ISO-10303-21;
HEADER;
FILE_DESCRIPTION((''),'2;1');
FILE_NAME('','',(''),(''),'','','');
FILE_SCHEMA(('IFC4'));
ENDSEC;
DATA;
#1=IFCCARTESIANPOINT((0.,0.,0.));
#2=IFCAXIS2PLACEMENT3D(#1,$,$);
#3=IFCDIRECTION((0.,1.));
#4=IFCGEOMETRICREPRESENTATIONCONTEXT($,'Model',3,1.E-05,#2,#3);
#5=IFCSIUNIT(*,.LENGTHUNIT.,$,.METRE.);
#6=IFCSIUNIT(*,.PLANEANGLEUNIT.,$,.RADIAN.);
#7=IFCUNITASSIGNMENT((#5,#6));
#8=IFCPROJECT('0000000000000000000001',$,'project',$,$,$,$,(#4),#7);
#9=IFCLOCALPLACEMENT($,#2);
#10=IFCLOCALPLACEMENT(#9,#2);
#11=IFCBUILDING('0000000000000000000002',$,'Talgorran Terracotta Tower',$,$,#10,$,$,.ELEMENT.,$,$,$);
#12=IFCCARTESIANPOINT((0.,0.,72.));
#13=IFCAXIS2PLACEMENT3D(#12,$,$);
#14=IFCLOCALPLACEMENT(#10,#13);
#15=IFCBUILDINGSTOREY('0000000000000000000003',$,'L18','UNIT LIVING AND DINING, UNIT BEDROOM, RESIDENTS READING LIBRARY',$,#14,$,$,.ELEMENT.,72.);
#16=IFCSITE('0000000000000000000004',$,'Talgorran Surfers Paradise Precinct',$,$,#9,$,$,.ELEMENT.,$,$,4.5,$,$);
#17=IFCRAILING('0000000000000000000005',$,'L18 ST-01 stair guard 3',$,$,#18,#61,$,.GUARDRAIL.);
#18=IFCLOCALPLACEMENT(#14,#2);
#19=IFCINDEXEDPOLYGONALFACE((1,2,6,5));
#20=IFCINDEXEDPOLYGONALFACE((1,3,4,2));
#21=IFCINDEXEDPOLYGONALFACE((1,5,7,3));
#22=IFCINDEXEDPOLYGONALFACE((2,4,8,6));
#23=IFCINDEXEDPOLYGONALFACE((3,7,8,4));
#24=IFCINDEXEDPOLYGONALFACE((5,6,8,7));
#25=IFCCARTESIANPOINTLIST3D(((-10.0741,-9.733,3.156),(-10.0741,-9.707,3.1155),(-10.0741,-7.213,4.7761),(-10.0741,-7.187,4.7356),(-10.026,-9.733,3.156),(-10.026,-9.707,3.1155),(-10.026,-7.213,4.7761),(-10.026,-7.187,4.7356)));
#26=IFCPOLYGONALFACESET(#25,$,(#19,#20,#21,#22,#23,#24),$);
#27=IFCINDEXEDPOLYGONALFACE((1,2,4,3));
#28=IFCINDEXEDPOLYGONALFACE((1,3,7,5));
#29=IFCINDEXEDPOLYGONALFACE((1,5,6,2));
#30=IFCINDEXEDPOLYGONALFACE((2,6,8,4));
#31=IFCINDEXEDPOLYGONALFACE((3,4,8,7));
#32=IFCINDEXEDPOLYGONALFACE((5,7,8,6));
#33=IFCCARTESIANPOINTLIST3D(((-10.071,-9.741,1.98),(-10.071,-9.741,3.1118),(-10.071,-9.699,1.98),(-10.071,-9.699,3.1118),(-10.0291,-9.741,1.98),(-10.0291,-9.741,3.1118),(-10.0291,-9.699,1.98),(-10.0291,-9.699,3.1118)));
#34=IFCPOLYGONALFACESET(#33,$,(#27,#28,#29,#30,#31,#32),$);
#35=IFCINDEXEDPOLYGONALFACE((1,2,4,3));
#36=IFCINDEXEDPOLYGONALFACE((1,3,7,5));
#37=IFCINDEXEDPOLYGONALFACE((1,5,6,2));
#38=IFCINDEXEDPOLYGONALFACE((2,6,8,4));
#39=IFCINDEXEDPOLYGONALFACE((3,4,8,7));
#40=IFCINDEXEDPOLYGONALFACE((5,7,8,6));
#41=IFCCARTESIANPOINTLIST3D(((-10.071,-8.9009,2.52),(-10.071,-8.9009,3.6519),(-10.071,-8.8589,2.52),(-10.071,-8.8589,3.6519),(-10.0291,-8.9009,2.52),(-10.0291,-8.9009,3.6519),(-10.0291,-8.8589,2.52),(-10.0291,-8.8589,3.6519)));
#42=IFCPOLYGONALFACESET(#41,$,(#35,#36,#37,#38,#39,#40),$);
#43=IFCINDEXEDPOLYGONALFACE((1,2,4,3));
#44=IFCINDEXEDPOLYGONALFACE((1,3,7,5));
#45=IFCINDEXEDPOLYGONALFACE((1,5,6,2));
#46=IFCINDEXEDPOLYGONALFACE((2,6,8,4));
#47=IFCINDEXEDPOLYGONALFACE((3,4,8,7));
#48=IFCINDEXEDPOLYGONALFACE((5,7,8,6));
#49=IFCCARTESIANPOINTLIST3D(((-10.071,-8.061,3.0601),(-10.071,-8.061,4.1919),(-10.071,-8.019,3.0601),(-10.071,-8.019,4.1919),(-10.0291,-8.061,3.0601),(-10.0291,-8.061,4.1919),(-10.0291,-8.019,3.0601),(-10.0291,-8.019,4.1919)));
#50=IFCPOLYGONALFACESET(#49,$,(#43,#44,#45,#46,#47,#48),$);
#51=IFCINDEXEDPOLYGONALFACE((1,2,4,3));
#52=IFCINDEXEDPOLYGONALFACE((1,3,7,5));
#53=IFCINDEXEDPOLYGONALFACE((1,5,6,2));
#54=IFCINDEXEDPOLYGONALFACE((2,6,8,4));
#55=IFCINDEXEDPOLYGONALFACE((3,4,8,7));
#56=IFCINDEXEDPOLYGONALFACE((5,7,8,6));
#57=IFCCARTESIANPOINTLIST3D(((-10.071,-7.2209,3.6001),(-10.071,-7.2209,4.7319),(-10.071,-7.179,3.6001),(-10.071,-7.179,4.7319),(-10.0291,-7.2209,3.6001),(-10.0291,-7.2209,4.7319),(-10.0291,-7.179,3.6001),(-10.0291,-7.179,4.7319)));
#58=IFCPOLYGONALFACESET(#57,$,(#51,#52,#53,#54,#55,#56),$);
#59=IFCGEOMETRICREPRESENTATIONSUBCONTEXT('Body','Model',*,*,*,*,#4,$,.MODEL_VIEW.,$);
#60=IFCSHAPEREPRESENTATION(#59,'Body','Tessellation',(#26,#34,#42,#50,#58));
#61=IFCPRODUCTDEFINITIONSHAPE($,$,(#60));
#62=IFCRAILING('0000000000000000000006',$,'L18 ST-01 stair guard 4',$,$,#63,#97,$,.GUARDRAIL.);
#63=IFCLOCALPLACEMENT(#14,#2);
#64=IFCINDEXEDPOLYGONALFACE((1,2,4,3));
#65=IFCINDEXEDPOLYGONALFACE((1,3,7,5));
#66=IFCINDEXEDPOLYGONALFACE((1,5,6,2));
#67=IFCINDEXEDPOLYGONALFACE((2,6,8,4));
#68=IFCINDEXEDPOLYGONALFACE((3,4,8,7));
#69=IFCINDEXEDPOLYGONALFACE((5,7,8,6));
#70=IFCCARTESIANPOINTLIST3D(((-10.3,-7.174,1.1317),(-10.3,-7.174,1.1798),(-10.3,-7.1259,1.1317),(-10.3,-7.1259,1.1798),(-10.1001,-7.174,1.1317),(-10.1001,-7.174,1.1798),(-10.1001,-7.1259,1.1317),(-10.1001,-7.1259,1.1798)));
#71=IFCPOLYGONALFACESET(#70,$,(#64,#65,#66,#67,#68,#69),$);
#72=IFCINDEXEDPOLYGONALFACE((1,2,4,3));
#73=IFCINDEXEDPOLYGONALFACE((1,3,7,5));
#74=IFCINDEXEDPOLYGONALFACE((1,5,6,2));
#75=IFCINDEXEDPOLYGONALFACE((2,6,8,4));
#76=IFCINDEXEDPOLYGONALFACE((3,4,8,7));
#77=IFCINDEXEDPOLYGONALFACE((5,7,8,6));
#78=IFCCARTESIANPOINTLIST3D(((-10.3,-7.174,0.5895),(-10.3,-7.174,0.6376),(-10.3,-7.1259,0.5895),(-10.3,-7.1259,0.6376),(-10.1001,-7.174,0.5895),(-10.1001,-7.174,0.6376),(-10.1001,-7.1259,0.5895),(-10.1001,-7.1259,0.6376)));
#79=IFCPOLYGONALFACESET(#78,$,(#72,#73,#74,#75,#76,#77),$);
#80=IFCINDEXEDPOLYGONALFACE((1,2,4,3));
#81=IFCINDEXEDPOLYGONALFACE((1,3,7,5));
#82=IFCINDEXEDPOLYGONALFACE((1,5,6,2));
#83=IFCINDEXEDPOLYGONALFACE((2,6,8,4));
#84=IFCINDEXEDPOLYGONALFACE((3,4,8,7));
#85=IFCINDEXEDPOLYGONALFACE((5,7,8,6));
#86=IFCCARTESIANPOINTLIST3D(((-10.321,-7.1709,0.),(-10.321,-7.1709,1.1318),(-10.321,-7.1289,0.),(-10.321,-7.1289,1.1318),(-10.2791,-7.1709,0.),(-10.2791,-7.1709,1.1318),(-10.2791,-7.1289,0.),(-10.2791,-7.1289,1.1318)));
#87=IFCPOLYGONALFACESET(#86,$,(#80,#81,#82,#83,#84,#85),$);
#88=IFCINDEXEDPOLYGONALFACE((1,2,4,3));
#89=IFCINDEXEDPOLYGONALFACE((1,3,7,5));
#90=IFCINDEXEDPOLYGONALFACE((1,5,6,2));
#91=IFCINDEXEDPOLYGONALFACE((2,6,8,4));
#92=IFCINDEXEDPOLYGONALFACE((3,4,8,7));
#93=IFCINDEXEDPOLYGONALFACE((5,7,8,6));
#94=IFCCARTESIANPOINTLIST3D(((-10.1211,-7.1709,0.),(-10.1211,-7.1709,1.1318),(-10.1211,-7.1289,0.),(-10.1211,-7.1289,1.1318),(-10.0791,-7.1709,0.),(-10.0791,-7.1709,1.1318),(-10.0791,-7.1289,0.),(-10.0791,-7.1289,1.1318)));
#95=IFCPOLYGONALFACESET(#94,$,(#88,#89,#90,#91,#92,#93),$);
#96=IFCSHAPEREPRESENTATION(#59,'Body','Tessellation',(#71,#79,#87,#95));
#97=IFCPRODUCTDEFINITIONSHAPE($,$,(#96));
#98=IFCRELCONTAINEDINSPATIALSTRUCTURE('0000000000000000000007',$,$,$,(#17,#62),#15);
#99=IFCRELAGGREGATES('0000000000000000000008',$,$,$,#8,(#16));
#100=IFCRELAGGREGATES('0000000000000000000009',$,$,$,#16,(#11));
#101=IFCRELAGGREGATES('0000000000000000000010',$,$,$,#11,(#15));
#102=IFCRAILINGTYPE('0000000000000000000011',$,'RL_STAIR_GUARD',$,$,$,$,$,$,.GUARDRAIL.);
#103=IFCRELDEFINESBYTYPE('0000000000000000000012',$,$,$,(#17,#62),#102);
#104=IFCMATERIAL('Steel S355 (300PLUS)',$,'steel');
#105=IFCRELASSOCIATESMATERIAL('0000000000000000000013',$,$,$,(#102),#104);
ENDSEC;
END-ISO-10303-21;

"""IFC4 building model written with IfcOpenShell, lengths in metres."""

from ifc_helpers import new_model, si_unit, direction, frame, origin, origin_2d, place, context, subcontext, project, spatial, rectangle, extrude, material, type_object, element, save


model = new_model("IFC4")

# Units and contexts
model_context = context("Model", 3, precision=1e-05, world=origin(), true_north=direction((0.0, 1.0)))
body_context = subcontext(model_context, "Body", "Model", "MODEL_VIEW")
ifc_project = project(units=[si_unit("LENGTHUNIT", "METRE"), si_unit("PLANEANGLEUNIT", "RADIAN")], contexts=[model_context])

# Site, building, storey
site_placement = place(None, origin())
site = spatial("IfcSite", under=ifc_project, at=site_placement, Name="Talgorran Surfers Paradise Precinct", CompositionType="ELEMENT", RefElevation=4.5)
building_placement = place(site_placement, origin())
building = spatial("IfcBuilding", under=site, at=building_placement, Name="Talgorran Terracotta Tower", CompositionType="ELEMENT")
storey_placement = place(building_placement, frame((0.0, 0.0, 72.0)))
storey = spatial("IfcBuildingStorey", under=building, at=storey_placement, Name="L18", Description="UNIT LIVING AND DINING, UNIT BEDROOM, RESIDENTS READING LIBRARY", CompositionType="ELEMENT", Elevation=72.0)

# Shared definitions
ifc_material_1 = material(Name="Steel S355 (300PLUS)", Category="steel")

# Railings
railing_type_1 = type_object("IfcRailingType", Name="RL_STAIR_GUARD", PredefinedType="GUARDRAIL", material=ifc_material_1)
railing_1_placement = place(storey_placement, frame((-10.05, -9.72, 1.98)))
element("IfcRailing", 1, at=railing_1_placement, inside=storey, type_object=railing_type_1, Name="L18 ST-01 stair guard 3", PredefinedType="GUARDRAIL", context=body_context, shape_type="SweptSolid", body=[
    extrude(rectangle(XDim=0.0481, YDim=0.0481, at=origin_2d()), frame((0.0, 0.0, 1.1558), z_axis=(0.0, 0.841163, 0.540782), x_axis=(-1.0, 0.0, 0.0)), (0.0, 0.0, 1.0), 2.9958),
    extrude(rectangle(XDim=0.042, YDim=0.042, at=origin_2d()), origin(), (0.0, 0.0, 1.0), 1.1318),
    extrude(rectangle(XDim=0.042, YDim=0.042, at=origin_2d()), frame((0.0, 0.8401, 0.54)), (0.0, 0.0, 1.0), 1.1318),
    extrude(rectangle(XDim=0.042, YDim=0.042, at=origin_2d()), frame((0.0, 1.6799, 1.0801)), (0.0, 0.0, 1.0), 1.1318),
    extrude(rectangle(XDim=0.042, YDim=0.042, at=origin_2d()), frame((0.0, 2.52, 1.6201)), (0.0, 0.0, 1.0), 1.1318),
])
railing_2_placement = place(storey_placement, frame((-10.3, -7.1499, 0.0)))
element("IfcRailing", 2, at=railing_2_placement, inside=storey, type_object=railing_type_1, Name="L18 ST-01 stair guard 4", PredefinedType="GUARDRAIL", context=body_context, shape_type="SweptSolid", body=[
    extrude(rectangle(XDim=0.0481, YDim=0.0481, at=origin_2d()), frame((0.0, 0.0, 1.1558), z_axis=(1.0, 0.0, 0.0), x_axis=(0.0, 1.0, 0.0)), (0.0, 0.0, 1.0), 0.2),
    extrude(rectangle(XDim=0.0481, YDim=0.0481, at=origin_2d()), frame((0.0, 0.0, 0.6135), z_axis=(1.0, 0.0, 0.0), x_axis=(0.0, 1.0, 0.0)), (0.0, 0.0, 1.0), 0.2),
    extrude(rectangle(XDim=0.042, YDim=0.042, at=origin_2d()), origin(), (0.0, 0.0, 1.0), 1.1318),
    extrude(rectangle(XDim=0.042, YDim=0.042, at=origin_2d()), frame((0.2, 0.0, 0.0)), (0.0, 0.0, 1.0), 1.1318),
])

save(model, "model.ifc")
